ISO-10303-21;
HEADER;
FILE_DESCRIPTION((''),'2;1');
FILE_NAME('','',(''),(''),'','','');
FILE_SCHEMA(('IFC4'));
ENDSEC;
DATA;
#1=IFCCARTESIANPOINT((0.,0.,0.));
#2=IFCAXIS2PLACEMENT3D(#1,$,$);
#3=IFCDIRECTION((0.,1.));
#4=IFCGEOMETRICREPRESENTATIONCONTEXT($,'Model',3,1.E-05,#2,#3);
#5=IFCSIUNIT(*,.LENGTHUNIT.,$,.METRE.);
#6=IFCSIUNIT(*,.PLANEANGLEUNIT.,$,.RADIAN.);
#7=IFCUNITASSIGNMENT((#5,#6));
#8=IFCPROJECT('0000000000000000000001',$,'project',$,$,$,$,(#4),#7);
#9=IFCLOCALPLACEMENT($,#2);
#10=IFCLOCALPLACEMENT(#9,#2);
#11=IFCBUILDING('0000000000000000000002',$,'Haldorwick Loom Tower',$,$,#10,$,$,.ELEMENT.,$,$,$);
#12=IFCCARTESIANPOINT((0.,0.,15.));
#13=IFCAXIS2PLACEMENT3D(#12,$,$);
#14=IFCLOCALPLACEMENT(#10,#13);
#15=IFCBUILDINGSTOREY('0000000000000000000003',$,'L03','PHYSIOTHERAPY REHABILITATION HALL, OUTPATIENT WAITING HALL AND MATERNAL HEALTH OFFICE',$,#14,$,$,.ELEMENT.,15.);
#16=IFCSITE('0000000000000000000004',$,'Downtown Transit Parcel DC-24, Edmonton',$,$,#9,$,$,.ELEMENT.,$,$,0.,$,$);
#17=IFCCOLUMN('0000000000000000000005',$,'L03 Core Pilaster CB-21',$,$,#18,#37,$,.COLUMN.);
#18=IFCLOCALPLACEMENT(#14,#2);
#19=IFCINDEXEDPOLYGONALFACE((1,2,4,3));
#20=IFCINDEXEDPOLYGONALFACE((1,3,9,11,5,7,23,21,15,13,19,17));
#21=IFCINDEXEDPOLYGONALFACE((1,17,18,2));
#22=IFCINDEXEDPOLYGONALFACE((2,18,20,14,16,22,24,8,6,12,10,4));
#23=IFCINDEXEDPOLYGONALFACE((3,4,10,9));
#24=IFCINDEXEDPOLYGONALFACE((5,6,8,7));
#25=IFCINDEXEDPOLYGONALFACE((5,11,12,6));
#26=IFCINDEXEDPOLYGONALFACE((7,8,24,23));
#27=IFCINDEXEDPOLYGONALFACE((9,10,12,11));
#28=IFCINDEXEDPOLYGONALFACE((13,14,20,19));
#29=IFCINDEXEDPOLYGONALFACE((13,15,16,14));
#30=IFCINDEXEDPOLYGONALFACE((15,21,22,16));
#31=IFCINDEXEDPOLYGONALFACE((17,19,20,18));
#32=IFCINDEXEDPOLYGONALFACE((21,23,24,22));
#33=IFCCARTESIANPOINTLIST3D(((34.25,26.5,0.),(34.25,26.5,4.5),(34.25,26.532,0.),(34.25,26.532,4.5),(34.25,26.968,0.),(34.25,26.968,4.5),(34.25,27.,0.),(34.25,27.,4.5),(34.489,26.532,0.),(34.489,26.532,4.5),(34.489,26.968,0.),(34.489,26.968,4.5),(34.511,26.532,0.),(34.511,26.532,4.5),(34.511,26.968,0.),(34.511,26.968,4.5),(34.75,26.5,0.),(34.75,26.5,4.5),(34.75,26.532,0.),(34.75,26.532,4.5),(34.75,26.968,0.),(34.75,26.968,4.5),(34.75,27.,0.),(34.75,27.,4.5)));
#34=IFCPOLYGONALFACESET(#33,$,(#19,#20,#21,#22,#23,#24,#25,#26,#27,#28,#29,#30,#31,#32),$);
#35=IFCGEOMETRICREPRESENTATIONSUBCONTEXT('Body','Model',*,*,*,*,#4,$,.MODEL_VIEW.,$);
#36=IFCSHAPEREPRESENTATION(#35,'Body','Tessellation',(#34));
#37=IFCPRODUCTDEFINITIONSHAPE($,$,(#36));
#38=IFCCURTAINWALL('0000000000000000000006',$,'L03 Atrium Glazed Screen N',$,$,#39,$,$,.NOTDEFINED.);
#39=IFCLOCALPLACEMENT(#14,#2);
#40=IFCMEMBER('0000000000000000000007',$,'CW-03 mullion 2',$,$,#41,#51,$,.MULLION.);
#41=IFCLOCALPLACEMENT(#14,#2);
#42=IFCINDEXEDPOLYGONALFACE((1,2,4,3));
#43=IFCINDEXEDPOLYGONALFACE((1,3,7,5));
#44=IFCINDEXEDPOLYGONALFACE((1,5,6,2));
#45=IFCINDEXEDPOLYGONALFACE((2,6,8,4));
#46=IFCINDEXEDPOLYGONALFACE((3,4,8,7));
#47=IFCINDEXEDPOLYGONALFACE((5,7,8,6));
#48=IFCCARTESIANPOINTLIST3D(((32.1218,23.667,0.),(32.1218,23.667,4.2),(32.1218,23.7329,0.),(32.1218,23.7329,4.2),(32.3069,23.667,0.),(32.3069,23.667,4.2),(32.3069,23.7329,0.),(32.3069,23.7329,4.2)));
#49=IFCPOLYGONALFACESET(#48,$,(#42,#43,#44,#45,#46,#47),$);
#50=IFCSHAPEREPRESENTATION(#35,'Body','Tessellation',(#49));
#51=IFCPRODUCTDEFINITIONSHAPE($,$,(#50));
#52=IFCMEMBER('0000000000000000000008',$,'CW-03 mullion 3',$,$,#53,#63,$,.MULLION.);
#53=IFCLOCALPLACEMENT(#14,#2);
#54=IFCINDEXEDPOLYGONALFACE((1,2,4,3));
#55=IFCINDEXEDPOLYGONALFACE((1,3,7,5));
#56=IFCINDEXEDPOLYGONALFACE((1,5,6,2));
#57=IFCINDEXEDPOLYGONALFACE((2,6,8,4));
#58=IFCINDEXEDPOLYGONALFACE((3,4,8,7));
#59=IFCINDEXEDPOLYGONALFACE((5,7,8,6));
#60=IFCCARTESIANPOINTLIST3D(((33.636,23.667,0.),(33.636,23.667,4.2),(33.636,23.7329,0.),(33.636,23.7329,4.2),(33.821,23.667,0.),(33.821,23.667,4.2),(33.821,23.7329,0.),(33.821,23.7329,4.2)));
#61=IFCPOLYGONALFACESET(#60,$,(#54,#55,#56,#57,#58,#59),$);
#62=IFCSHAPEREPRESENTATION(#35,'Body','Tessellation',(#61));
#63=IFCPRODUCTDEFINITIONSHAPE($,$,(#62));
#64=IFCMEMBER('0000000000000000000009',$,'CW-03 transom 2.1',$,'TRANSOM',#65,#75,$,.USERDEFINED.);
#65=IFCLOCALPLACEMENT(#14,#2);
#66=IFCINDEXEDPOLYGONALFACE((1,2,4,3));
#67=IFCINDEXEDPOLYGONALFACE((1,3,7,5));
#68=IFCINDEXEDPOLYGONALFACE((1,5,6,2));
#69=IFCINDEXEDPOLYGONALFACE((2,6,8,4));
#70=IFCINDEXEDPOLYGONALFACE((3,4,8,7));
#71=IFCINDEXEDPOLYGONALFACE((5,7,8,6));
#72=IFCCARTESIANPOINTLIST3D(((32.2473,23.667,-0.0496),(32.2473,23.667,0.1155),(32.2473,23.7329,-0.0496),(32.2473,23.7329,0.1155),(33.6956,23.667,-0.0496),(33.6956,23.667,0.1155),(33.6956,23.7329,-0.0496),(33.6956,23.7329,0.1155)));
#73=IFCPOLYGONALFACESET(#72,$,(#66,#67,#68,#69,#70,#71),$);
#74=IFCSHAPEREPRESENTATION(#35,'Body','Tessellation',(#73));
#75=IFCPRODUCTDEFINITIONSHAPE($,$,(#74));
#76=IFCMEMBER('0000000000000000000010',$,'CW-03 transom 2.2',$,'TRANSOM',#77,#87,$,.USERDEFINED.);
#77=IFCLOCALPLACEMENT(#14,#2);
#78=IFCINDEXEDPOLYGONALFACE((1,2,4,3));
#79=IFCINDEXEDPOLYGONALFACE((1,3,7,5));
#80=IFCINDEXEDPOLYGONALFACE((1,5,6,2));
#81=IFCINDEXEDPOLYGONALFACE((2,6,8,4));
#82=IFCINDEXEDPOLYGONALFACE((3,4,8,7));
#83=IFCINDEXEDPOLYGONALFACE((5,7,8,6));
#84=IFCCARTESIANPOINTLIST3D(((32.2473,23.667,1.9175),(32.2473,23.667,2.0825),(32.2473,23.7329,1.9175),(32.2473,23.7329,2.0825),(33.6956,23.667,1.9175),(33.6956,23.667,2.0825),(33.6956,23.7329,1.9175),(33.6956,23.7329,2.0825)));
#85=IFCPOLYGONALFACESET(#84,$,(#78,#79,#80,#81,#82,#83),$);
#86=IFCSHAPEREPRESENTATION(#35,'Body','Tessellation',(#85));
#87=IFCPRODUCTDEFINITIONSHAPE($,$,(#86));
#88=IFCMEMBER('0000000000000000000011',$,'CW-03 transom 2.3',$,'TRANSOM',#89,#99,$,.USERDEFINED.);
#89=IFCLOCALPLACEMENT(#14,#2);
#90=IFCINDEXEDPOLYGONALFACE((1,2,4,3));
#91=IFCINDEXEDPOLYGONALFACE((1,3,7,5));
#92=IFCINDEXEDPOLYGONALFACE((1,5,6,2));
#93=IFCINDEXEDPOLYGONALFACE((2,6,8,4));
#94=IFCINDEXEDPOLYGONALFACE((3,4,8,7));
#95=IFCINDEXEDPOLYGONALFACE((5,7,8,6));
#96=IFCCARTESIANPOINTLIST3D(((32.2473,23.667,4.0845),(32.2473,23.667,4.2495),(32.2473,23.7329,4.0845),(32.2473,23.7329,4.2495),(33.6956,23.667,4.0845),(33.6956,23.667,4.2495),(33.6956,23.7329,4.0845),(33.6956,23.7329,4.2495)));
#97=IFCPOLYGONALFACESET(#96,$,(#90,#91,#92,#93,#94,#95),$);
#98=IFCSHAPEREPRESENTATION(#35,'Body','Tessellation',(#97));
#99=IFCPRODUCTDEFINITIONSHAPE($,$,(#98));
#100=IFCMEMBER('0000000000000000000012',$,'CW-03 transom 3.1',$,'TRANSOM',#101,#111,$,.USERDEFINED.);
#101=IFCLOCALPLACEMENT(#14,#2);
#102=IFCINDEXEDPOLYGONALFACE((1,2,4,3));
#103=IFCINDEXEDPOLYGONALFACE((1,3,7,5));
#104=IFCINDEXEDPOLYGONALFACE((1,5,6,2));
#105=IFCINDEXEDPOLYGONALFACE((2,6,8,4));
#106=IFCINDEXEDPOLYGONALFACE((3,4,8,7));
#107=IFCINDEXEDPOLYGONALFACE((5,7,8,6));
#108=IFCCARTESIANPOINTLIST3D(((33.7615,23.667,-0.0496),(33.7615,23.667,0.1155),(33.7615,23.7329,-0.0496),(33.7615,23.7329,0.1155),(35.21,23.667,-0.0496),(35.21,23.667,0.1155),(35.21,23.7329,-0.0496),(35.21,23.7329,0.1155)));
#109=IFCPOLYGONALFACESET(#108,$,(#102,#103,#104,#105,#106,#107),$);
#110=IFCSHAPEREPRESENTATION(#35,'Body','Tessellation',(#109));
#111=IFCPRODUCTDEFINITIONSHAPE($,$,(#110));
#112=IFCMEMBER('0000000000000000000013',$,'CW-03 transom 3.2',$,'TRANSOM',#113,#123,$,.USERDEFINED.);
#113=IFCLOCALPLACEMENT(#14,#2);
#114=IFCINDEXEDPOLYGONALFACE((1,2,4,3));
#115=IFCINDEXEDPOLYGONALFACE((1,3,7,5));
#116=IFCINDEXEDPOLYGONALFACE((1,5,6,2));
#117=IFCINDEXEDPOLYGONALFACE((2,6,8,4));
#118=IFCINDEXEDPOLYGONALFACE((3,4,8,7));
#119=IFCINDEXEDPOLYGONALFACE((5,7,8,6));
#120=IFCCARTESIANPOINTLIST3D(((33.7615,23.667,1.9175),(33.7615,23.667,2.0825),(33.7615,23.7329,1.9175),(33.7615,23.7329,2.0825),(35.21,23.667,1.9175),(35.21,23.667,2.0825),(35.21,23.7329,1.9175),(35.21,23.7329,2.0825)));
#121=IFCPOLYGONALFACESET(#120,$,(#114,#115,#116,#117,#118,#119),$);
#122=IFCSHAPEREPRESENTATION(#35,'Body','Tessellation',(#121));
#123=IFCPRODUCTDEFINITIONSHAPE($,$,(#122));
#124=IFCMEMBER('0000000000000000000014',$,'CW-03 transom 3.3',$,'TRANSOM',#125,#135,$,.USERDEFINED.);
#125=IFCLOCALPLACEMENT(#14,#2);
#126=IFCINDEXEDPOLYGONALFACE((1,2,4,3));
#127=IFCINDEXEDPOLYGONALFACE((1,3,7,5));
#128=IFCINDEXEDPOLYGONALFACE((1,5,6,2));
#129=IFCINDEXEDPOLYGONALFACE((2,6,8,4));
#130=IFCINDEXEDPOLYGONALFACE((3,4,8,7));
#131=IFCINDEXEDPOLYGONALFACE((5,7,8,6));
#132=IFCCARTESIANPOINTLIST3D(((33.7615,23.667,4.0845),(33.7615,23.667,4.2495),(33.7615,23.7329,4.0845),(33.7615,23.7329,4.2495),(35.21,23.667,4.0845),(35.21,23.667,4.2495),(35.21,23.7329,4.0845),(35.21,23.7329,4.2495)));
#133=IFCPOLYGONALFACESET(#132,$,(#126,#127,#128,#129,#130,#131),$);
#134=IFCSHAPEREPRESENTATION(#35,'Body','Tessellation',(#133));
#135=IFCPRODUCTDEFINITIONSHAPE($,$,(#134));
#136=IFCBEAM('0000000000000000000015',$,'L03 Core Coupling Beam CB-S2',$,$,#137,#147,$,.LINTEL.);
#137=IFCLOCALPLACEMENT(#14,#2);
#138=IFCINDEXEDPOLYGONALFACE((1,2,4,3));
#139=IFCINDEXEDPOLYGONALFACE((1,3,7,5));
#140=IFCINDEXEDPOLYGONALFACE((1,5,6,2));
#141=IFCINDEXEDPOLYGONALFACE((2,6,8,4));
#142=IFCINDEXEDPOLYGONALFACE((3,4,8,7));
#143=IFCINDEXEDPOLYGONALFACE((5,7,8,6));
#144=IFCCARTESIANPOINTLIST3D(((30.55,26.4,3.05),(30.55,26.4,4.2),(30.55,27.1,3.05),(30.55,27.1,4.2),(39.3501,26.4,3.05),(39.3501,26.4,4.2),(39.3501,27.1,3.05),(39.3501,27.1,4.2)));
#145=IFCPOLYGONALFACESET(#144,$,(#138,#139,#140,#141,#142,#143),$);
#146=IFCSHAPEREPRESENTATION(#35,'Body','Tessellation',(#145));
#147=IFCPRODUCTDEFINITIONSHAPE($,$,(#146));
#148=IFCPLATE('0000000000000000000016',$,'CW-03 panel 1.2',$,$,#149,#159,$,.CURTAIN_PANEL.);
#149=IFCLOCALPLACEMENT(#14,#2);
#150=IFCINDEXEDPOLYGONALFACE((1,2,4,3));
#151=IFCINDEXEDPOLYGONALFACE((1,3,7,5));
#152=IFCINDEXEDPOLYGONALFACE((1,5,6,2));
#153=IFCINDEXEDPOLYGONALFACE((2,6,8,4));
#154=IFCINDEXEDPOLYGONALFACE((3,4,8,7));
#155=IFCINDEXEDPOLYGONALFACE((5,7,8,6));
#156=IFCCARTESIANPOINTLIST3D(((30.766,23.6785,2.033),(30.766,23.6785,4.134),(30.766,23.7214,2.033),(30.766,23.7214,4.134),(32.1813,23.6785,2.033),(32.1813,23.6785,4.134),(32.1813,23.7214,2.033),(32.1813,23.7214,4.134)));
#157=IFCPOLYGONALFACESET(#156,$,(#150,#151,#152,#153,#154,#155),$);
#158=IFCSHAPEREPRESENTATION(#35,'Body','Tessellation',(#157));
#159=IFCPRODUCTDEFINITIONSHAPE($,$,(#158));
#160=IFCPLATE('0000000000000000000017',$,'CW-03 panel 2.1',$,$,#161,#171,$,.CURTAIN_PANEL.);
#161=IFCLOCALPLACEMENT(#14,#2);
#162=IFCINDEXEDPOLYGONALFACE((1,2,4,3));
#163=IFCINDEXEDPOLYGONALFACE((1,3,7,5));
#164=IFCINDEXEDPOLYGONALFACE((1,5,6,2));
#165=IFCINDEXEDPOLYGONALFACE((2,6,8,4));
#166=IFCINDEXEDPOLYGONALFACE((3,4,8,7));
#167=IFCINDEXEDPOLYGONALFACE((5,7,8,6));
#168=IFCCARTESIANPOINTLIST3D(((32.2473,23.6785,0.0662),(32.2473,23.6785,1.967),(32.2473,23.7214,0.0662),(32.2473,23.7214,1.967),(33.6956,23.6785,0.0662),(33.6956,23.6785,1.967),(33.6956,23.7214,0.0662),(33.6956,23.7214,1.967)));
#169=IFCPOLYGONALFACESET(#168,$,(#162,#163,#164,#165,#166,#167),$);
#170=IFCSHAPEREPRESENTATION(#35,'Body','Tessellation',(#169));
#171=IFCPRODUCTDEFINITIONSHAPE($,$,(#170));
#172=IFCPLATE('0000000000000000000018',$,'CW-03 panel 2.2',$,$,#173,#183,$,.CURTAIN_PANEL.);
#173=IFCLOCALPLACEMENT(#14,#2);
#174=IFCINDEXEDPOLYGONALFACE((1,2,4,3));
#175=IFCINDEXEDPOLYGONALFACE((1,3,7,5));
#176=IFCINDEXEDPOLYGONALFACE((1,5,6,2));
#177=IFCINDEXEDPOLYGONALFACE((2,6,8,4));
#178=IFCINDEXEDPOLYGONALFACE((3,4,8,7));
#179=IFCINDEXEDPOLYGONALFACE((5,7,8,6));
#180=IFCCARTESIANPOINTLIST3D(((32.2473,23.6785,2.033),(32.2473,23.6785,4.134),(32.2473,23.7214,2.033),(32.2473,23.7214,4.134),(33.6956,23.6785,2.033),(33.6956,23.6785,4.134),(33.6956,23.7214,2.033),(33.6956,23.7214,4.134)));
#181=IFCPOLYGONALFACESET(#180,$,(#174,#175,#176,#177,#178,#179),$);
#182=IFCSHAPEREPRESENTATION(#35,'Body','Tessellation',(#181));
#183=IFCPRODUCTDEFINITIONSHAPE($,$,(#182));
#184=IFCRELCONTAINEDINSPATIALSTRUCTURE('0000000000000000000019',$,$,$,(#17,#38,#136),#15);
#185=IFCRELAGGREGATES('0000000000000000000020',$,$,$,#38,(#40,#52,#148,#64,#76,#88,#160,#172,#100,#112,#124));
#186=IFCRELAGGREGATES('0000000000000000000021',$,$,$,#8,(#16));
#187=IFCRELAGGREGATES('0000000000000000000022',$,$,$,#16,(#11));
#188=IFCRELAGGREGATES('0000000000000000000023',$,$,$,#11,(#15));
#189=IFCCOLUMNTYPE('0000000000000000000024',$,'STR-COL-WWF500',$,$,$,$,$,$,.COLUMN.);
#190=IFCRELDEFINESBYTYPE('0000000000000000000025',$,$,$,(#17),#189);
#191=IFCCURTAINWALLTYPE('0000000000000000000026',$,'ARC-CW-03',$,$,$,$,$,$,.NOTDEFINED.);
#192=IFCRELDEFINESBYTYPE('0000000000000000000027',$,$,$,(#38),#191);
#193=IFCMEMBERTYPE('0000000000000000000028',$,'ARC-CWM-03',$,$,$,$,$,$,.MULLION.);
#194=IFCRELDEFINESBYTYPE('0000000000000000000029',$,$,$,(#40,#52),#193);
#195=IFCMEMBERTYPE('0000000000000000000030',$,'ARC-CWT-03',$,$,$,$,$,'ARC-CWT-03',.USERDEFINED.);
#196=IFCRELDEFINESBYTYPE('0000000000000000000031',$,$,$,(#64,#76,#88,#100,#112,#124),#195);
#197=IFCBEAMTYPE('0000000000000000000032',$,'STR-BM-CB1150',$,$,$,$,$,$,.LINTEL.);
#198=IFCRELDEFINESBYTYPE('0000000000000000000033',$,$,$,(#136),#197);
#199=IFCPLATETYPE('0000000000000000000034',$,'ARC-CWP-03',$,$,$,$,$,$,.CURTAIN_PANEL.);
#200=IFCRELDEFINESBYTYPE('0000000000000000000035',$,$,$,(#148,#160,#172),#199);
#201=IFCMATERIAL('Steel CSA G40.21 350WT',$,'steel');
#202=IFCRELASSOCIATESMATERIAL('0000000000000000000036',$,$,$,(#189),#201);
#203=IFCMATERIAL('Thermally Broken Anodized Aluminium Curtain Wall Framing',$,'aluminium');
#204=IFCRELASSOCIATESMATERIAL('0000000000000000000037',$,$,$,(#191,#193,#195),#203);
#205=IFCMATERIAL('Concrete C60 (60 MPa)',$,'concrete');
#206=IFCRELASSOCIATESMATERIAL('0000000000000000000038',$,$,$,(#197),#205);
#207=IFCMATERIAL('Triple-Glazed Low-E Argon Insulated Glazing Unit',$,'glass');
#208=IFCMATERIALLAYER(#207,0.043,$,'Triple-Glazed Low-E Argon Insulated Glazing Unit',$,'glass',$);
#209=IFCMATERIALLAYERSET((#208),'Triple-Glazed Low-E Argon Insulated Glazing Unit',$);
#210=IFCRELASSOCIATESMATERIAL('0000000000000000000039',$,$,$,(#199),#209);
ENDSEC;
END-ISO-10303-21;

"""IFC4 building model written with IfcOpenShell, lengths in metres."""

from ifc_helpers import new_model, si_unit, direction, frame, origin, origin_2d, place, context, subcontext, project, spatial, rectangle, i_section, extrude, material, layer, layer_set, material_profile, profile_set, type_object, element, aggregate, save


model = new_model("IFC4")

# Units and contexts
model_context = context("Model", 3, precision=1e-05, world=origin(), true_north=direction((0.0, 1.0)))
body_context = subcontext(model_context, "Body", "Model", "MODEL_VIEW")
ifc_project = project(units=[si_unit("LENGTHUNIT", "METRE"), si_unit("PLANEANGLEUNIT", "RADIAN")], contexts=[model_context])

# Site, building, storey
site_placement = place(None, origin())
site = spatial("IfcSite", under=ifc_project, at=site_placement, Name="Downtown Transit Parcel DC-24, Edmonton", CompositionType="ELEMENT", RefElevation=0.0)
building_placement = place(site_placement, origin())
building = spatial("IfcBuilding", under=site, at=building_placement, Name="Haldorwick Loom Tower", CompositionType="ELEMENT")
storey_placement = place(building_placement, frame((0.0, 0.0, 15.0)))
storey = spatial("IfcBuildingStorey", under=building, at=storey_placement, Name="L03", Description="PHYSIOTHERAPY REHABILITATION HALL, OUTPATIENT WAITING HALL AND MATERNAL HEALTH OFFICE", CompositionType="ELEMENT", Elevation=15.0)

# Column
ifc_material_1 = material(Name="Steel CSA G40.21 350WT", Category="steel")
ifc_material_profile_1 = material_profile(ifc_material_1, i_section(OverallWidth=0.5, OverallDepth=0.5, WebThickness=0.022, FlangeThickness=0.032, at=origin_2d()), Name="WWF500X500", Category="steel")
ifc_profile_set_1 = profile_set([ifc_material_profile_1], Name="Steel CSA G40.21 350WT")
column_type = type_object("IfcColumnType", Name="STR-COL-WWF500", PredefinedType="COLUMN", material=ifc_profile_set_1)
column_placement = place(storey_placement, frame((34.5, 26.75, 0.0), z_axis=(0.0, 0.0, 1.0), x_axis=(1.0, 0.0, 0.0)))
element("IfcColumn", 1, at=column_placement, inside=storey, type_object=column_type, Name="L03 Core Pilaster CB-21", PredefinedType="COLUMN", context=body_context, shape_type="SweptSolid", body=[
    extrude(i_section(OverallWidth=0.5, OverallDepth=0.5, WebThickness=0.022, FlangeThickness=0.032, at=origin_2d()), origin(), (0.0, 0.0, 1.0), 4.5),
])

# Curtain wall, members
ifc_material_2 = material(Name="Thermally Broken Anodized Aluminium Curtain Wall Framing", Category="aluminium")
curtain_wall_type = type_object("IfcCurtainWallType", Name="ARC-CW-03", PredefinedType="NOTDEFINED", material=ifc_material_2)
curtain_wall_placement = place(storey_placement, origin())
curtain_wall = element("IfcCurtainWall", 2, at=curtain_wall_placement, inside=storey, type_object=curtain_wall_type, Name="L03 Atrium Glazed Screen N", PredefinedType="NOTDEFINED")
ifc_material_profile_2 = material_profile(ifc_material_2, rectangle(XDim=0.0659, YDim=0.1851, at=origin_2d()), Name="ALU_MUL_66X185", Category="aluminium")
ifc_profile_set_2 = profile_set([ifc_material_profile_2], Name="Thermally Broken Anodized Aluminium Curtain Wall Framing")
member_type_1 = type_object("IfcMemberType", Name="ARC-CWM-03", PredefinedType="MULLION", material=ifc_profile_set_2)
member_1_placement = place(storey_placement, frame((32.2144, 23.7, 0.0), z_axis=(0.0, 0.0, 1.0), x_axis=(0.0, 1.0, 0.0)))
member_1 = element("IfcMember", 3, at=member_1_placement, type_object=member_type_1, Name="CW-03 mullion 2", PredefinedType="MULLION", context=body_context, shape_type="SweptSolid", body=[
    extrude(rectangle(XDim=0.0659, YDim=0.1851, at=origin_2d()), origin(), (0.0, 0.0, 1.0), 4.2),
])
member_2_placement = place(storey_placement, frame((33.7285, 23.7, 0.0), z_axis=(0.0, 0.0, 1.0), x_axis=(0.0, 1.0, 0.0)))
member_2 = element("IfcMember", 4, at=member_2_placement, type_object=member_type_1, Name="CW-03 mullion 3", PredefinedType="MULLION", context=body_context, shape_type="SweptSolid", body=[
    extrude(rectangle(XDim=0.0659, YDim=0.1851, at=origin_2d()), origin(), (0.0, 0.0, 1.0), 4.2),
])
ifc_material_profile_3 = material_profile(ifc_material_2, rectangle(XDim=0.0659, YDim=0.165, at=origin_2d()), Name="ALU_TRN_66X165", Category="aluminium")
ifc_profile_set_3 = profile_set([ifc_material_profile_3], Name="Thermally Broken Anodized Aluminium Curtain Wall Framing")
member_type_2 = type_object("IfcMemberType", Name="ARC-CWT-03", ElementType="ARC-CWT-03", PredefinedType="USERDEFINED", material=ifc_profile_set_3)
member_3_placement = place(storey_placement, frame((32.2473, 23.7, 0.033), z_axis=(1.0, 0.0, 0.0), x_axis=(0.0, 1.0, 0.0)))
member_3 = element("IfcMember", 5, at=member_3_placement, type_object=member_type_2, Name="CW-03 transom 2.1", ObjectType="TRANSOM", PredefinedType="USERDEFINED", context=body_context, shape_type="SweptSolid", body=[
    extrude(rectangle(XDim=0.0659, YDim=0.165, at=origin_2d()), origin(), (0.0, 0.0, 1.0), 1.4482),
])
member_4_placement = place(storey_placement, frame((32.2473, 23.7, 2.0), z_axis=(1.0, 0.0, 0.0), x_axis=(0.0, 1.0, 0.0)))
member_4 = element("IfcMember", 6, at=member_4_placement, type_object=member_type_2, Name="CW-03 transom 2.2", ObjectType="TRANSOM", PredefinedType="USERDEFINED", context=body_context, shape_type="SweptSolid", body=[
    extrude(rectangle(XDim=0.0659, YDim=0.165, at=origin_2d()), origin(), (0.0, 0.0, 1.0), 1.4482),
])
member_5_placement = place(storey_placement, frame((32.2473, 23.7, 4.167), z_axis=(1.0, 0.0, 0.0), x_axis=(0.0, 1.0, 0.0)))
member_5 = element("IfcMember", 7, at=member_5_placement, type_object=member_type_2, Name="CW-03 transom 2.3", ObjectType="TRANSOM", PredefinedType="USERDEFINED", context=body_context, shape_type="SweptSolid", body=[
    extrude(rectangle(XDim=0.0659, YDim=0.165, at=origin_2d()), origin(), (0.0, 0.0, 1.0), 1.4482),
])
member_6_placement = place(storey_placement, frame((33.7615, 23.7, 0.033), z_axis=(1.0, 0.0, 0.0), x_axis=(0.0, 1.0, 0.0)))
member_6 = element("IfcMember", 8, at=member_6_placement, type_object=member_type_2, Name="CW-03 transom 3.1", ObjectType="TRANSOM", PredefinedType="USERDEFINED", context=body_context, shape_type="SweptSolid", body=[
    extrude(rectangle(XDim=0.0659, YDim=0.165, at=origin_2d()), origin(), (0.0, 0.0, 1.0), 1.4485),
])
member_7_placement = place(storey_placement, frame((33.7615, 23.7, 2.0), z_axis=(1.0, 0.0, 0.0), x_axis=(0.0, 1.0, 0.0)))
member_7 = element("IfcMember", 9, at=member_7_placement, type_object=member_type_2, Name="CW-03 transom 3.2", ObjectType="TRANSOM", PredefinedType="USERDEFINED", context=body_context, shape_type="SweptSolid", body=[
    extrude(rectangle(XDim=0.0659, YDim=0.165, at=origin_2d()), origin(), (0.0, 0.0, 1.0), 1.4485),
])
member_8_placement = place(storey_placement, frame((33.7615, 23.7, 4.167), z_axis=(1.0, 0.0, 0.0), x_axis=(0.0, 1.0, 0.0)))
member_8 = element("IfcMember", 10, at=member_8_placement, type_object=member_type_2, Name="CW-03 transom 3.3", ObjectType="TRANSOM", PredefinedType="USERDEFINED", context=body_context, shape_type="SweptSolid", body=[
    extrude(rectangle(XDim=0.0659, YDim=0.165, at=origin_2d()), origin(), (0.0, 0.0, 1.0), 1.4485),
])

# Beam
ifc_material_3 = material(Name="Concrete C60 (60 MPa)", Category="concrete")
ifc_material_profile_4 = material_profile(ifc_material_3, rectangle(XDim=0.7, YDim=1.1499, at=origin_2d()), Name="RC700X1150", Category="concrete")
ifc_profile_set_4 = profile_set([ifc_material_profile_4], Name="Concrete C60 (60 MPa)")
beam_type = type_object("IfcBeamType", Name="STR-BM-CB1150", PredefinedType="LINTEL", material=ifc_profile_set_4)
beam_placement = place(storey_placement, frame((30.55, 26.75, 3.625), z_axis=(1.0, 0.0, 0.0), x_axis=(0.0, 1.0, 0.0)))
element("IfcBeam", 11, at=beam_placement, inside=storey, type_object=beam_type, Name="L03 Core Coupling Beam CB-S2", PredefinedType="LINTEL", context=body_context, shape_type="SweptSolid", body=[
    extrude(rectangle(XDim=0.7, YDim=1.1499, at=origin_2d()), origin(), (0.0, 0.0, 1.0), 8.8),
])

# Plates
ifc_material_4 = material(Name="Triple-Glazed Low-E Argon Insulated Glazing Unit", Category="glass")
ifc_layer_1 = layer(ifc_material_4, 0.043, Name="Triple-Glazed Low-E Argon Insulated Glazing Unit", Category="glass")
ifc_layer_set_1 = layer_set([ifc_layer_1], Name="Triple-Glazed Low-E Argon Insulated Glazing Unit")
plate_type = type_object("IfcPlateType", Name="ARC-CWP-03", PredefinedType="CURTAIN_PANEL", material=ifc_layer_set_1)
plate_1_placement = place(storey_placement, frame((31.4736, 23.7, 2.033), z_axis=(0.0, 0.0, 1.0), x_axis=(1.0, 0.0, 0.0)))
plate_1 = element("IfcPlate", 12, at=plate_1_placement, type_object=plate_type, Name="CW-03 panel 1.2", PredefinedType="CURTAIN_PANEL", context=body_context, shape_type="SweptSolid", body=[
    extrude(rectangle(XDim=1.4153, YDim=0.043, at=origin_2d()), origin(), (0.0, 0.0, 1.0), 2.1011),
])
plate_2_placement = place(storey_placement, frame((32.9714, 23.7, 0.0662), z_axis=(0.0, 0.0, 1.0), x_axis=(1.0, 0.0, 0.0)))
plate_2 = element("IfcPlate", 13, at=plate_2_placement, type_object=plate_type, Name="CW-03 panel 2.1", PredefinedType="CURTAIN_PANEL", context=body_context, shape_type="SweptSolid", body=[
    extrude(rectangle(XDim=1.4482, YDim=0.043, at=origin_2d()), origin(), (0.0, 0.0, 1.0), 1.9009),
])
plate_3_placement = place(storey_placement, frame((32.9714, 23.7, 2.033), z_axis=(0.0, 0.0, 1.0), x_axis=(1.0, 0.0, 0.0)))
plate_3 = element("IfcPlate", 14, at=plate_3_placement, type_object=plate_type, Name="CW-03 panel 2.2", PredefinedType="CURTAIN_PANEL", context=body_context, shape_type="SweptSolid", body=[
    extrude(rectangle(XDim=1.4482, YDim=0.043, at=origin_2d()), origin(), (0.0, 0.0, 1.0), 2.1011),
])
aggregate(curtain_wall, [member_1, member_2, plate_1, member_3, member_4, member_5, plate_2, plate_3, member_6, member_7, member_8])

save(model, "model.ifc")
